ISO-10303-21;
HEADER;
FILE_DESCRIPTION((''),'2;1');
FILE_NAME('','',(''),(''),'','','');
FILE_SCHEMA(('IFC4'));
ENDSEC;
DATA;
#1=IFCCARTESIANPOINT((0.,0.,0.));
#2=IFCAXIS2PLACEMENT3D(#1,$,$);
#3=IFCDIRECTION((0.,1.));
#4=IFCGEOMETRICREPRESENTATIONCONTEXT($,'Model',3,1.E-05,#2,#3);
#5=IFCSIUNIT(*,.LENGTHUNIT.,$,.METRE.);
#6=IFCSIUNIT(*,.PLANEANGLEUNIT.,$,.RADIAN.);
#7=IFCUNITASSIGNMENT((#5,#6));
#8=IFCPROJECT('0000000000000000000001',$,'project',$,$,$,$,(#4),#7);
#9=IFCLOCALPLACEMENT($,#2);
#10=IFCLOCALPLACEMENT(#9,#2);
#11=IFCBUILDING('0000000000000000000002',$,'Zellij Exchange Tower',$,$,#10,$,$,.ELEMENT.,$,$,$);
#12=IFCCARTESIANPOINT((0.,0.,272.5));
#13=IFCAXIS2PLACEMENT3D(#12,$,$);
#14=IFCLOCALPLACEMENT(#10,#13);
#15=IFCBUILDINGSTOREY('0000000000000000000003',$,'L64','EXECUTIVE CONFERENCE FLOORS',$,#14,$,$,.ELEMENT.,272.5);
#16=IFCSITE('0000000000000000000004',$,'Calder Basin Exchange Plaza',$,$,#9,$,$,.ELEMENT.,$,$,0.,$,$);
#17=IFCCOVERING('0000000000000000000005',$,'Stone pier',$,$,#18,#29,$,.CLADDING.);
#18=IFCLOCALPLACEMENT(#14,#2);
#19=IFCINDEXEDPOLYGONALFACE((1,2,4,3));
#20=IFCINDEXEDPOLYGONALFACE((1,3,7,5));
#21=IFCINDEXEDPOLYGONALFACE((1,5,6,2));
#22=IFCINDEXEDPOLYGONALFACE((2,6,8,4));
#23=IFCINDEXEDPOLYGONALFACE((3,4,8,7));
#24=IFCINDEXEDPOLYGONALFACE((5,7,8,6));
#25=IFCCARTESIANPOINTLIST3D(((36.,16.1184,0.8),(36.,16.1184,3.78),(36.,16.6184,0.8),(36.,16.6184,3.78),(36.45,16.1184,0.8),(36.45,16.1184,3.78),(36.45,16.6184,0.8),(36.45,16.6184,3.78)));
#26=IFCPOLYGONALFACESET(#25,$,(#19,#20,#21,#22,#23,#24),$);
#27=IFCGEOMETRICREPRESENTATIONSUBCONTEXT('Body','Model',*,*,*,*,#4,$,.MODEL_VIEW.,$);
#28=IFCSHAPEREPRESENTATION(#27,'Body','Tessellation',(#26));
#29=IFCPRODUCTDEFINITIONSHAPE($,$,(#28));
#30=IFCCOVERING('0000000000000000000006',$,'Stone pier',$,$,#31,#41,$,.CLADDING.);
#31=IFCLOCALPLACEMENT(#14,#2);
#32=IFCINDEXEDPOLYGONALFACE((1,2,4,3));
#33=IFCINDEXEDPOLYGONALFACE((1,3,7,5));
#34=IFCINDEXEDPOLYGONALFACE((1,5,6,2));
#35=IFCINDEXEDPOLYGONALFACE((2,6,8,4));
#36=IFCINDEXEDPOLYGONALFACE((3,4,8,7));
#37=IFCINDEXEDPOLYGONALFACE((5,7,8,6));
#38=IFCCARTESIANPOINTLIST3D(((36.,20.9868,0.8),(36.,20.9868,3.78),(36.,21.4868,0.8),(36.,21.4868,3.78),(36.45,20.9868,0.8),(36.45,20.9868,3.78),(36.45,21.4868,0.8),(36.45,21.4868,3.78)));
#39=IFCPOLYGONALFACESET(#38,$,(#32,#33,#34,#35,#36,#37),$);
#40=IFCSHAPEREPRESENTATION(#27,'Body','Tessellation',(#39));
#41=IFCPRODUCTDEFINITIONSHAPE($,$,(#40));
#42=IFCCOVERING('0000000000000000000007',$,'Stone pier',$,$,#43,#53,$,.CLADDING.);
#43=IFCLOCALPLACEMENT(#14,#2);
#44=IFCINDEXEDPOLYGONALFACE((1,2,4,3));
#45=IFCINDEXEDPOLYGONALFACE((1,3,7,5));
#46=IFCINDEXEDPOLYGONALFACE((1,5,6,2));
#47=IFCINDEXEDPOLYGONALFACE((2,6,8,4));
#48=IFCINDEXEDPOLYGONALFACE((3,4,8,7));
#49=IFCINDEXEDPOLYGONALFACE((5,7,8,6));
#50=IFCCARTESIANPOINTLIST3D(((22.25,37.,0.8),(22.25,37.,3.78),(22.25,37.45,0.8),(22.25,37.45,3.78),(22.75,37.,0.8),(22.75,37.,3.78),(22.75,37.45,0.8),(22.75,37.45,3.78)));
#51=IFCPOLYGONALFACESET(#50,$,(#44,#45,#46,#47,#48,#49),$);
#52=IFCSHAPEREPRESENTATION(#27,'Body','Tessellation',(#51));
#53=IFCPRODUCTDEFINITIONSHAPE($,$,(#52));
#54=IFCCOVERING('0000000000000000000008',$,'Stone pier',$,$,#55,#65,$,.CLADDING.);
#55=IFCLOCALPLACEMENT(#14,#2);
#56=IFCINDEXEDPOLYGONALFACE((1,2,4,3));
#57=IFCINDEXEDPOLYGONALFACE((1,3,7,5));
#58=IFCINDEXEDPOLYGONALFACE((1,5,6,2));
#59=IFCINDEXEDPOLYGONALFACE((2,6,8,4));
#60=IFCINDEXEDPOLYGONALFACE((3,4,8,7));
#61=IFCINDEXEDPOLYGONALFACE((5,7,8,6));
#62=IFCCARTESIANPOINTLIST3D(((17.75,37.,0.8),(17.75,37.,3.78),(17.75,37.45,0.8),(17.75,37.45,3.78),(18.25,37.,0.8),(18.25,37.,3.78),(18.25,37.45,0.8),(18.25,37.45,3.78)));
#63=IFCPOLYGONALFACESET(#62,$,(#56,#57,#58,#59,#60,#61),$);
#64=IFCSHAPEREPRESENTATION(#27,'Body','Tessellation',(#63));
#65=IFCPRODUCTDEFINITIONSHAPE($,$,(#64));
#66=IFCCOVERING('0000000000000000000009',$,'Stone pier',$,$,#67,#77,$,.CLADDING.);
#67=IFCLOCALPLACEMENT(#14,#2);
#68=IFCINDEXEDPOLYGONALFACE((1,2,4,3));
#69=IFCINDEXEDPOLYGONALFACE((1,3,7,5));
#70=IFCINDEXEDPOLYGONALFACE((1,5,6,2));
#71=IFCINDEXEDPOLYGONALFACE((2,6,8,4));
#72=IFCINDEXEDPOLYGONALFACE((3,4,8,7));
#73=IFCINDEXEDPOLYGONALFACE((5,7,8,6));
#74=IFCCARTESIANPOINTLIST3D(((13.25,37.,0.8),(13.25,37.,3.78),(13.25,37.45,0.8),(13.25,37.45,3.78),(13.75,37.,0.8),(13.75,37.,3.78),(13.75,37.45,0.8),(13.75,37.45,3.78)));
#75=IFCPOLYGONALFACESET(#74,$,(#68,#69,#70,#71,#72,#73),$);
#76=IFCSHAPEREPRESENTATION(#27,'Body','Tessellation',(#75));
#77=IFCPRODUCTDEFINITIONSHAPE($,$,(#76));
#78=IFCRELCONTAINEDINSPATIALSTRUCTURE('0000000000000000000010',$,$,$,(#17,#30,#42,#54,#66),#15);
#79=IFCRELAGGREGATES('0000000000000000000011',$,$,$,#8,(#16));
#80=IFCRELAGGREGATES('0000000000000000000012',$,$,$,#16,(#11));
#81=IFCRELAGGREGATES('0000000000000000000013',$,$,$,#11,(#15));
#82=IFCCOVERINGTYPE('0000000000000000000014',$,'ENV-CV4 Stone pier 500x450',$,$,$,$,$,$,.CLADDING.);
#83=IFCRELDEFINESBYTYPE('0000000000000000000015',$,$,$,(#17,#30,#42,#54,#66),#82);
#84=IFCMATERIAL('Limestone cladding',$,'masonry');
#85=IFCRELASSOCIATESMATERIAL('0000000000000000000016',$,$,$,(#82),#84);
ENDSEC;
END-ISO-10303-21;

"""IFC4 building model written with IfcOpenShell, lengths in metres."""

from ifc_helpers import new_model, si_unit, direction, frame, origin, place, context, subcontext, project, spatial, polyline, outline, extrude, material, type_object, element, save


model = new_model("IFC4")

# Units and contexts
model_context = context("Model", 3, precision=1e-05, world=origin(), true_north=direction((0.0, 1.0)))
body_context = subcontext(model_context, "Body", "Model", "MODEL_VIEW")
ifc_project = project(units=[si_unit("LENGTHUNIT", "METRE"), si_unit("PLANEANGLEUNIT", "RADIAN")], contexts=[model_context])

# Site, building, storey
site_placement = place(None, origin())
site = spatial("IfcSite", under=ifc_project, at=site_placement, Name="Calder Basin Exchange Plaza", CompositionType="ELEMENT", RefElevation=0.0)
building_placement = place(site_placement, origin())
building = spatial("IfcBuilding", under=site, at=building_placement, Name="Zellij Exchange Tower", CompositionType="ELEMENT")
storey_placement = place(building_placement, frame((0.0, 0.0, 272.5)))
storey = spatial("IfcBuildingStorey", under=building, at=storey_placement, Name="L64", Description="EXECUTIVE CONFERENCE FLOORS", CompositionType="ELEMENT", Elevation=272.5)

# Coverings
ifc_material_1 = material(Name="Limestone cladding", Category="masonry")
covering_type = type_object("IfcCoveringType", Name="ENV-CV4 Stone pier 500x450", PredefinedType="CLADDING", material=ifc_material_1)
covering_1_placement = place(storey_placement, frame((0.0, 0.0, 0.8)))
element("IfcCovering", 1, at=covering_1_placement, inside=storey, type_object=covering_type, Name="Stone pier", PredefinedType="CLADDING", context=body_context, shape_type="SweptSolid", body=[
    extrude(outline(polyline([(36.0, 16.1184), (36.0, 16.6184), (36.45, 16.6184), (36.45, 16.1184), (36.0, 16.1184)])), origin(), (0.0, 0.0, 1.0), 2.98),
])
covering_2_placement = place(storey_placement, frame((0.0, 0.0, 0.8)))
element("IfcCovering", 2, at=covering_2_placement, inside=storey, type_object=covering_type, Name="Stone pier", PredefinedType="CLADDING", context=body_context, shape_type="SweptSolid", body=[
    extrude(outline(polyline([(36.0, 20.9868), (36.0, 21.4868), (36.45, 21.4868), (36.45, 20.9868), (36.0, 20.9868)])), origin(), (0.0, 0.0, 1.0), 2.98),
])
covering_3_placement = place(storey_placement, frame((0.0, 0.0, 0.8)))
element("IfcCovering", 3, at=covering_3_placement, inside=storey, type_object=covering_type, Name="Stone pier", PredefinedType="CLADDING", context=body_context, shape_type="SweptSolid", body=[
    extrude(outline(polyline([(22.75, 37.0), (22.25, 37.0), (22.25, 37.45), (22.75, 37.45), (22.75, 37.0)])), origin(), (0.0, 0.0, 1.0), 2.98),
])
covering_4_placement = place(storey_placement, frame((0.0, 0.0, 0.8)))
element("IfcCovering", 4, at=covering_4_placement, inside=storey, type_object=covering_type, Name="Stone pier", PredefinedType="CLADDING", context=body_context, shape_type="SweptSolid", body=[
    extrude(outline(polyline([(18.25, 37.0), (17.75, 37.0), (17.75, 37.45), (18.25, 37.45), (18.25, 37.0)])), origin(), (0.0, 0.0, 1.0), 2.98),
])
covering_5_placement = place(storey_placement, frame((0.0, 0.0, 0.8)))
element("IfcCovering", 5, at=covering_5_placement, inside=storey, type_object=covering_type, Name="Stone pier", PredefinedType="CLADDING", context=body_context, shape_type="SweptSolid", body=[
    extrude(outline(polyline([(13.75, 37.0), (13.25, 37.0), (13.25, 37.45), (13.75, 37.45), (13.75, 37.0)])), origin(), (0.0, 0.0, 1.0), 2.98),
])

save(model, "model.ifc")
